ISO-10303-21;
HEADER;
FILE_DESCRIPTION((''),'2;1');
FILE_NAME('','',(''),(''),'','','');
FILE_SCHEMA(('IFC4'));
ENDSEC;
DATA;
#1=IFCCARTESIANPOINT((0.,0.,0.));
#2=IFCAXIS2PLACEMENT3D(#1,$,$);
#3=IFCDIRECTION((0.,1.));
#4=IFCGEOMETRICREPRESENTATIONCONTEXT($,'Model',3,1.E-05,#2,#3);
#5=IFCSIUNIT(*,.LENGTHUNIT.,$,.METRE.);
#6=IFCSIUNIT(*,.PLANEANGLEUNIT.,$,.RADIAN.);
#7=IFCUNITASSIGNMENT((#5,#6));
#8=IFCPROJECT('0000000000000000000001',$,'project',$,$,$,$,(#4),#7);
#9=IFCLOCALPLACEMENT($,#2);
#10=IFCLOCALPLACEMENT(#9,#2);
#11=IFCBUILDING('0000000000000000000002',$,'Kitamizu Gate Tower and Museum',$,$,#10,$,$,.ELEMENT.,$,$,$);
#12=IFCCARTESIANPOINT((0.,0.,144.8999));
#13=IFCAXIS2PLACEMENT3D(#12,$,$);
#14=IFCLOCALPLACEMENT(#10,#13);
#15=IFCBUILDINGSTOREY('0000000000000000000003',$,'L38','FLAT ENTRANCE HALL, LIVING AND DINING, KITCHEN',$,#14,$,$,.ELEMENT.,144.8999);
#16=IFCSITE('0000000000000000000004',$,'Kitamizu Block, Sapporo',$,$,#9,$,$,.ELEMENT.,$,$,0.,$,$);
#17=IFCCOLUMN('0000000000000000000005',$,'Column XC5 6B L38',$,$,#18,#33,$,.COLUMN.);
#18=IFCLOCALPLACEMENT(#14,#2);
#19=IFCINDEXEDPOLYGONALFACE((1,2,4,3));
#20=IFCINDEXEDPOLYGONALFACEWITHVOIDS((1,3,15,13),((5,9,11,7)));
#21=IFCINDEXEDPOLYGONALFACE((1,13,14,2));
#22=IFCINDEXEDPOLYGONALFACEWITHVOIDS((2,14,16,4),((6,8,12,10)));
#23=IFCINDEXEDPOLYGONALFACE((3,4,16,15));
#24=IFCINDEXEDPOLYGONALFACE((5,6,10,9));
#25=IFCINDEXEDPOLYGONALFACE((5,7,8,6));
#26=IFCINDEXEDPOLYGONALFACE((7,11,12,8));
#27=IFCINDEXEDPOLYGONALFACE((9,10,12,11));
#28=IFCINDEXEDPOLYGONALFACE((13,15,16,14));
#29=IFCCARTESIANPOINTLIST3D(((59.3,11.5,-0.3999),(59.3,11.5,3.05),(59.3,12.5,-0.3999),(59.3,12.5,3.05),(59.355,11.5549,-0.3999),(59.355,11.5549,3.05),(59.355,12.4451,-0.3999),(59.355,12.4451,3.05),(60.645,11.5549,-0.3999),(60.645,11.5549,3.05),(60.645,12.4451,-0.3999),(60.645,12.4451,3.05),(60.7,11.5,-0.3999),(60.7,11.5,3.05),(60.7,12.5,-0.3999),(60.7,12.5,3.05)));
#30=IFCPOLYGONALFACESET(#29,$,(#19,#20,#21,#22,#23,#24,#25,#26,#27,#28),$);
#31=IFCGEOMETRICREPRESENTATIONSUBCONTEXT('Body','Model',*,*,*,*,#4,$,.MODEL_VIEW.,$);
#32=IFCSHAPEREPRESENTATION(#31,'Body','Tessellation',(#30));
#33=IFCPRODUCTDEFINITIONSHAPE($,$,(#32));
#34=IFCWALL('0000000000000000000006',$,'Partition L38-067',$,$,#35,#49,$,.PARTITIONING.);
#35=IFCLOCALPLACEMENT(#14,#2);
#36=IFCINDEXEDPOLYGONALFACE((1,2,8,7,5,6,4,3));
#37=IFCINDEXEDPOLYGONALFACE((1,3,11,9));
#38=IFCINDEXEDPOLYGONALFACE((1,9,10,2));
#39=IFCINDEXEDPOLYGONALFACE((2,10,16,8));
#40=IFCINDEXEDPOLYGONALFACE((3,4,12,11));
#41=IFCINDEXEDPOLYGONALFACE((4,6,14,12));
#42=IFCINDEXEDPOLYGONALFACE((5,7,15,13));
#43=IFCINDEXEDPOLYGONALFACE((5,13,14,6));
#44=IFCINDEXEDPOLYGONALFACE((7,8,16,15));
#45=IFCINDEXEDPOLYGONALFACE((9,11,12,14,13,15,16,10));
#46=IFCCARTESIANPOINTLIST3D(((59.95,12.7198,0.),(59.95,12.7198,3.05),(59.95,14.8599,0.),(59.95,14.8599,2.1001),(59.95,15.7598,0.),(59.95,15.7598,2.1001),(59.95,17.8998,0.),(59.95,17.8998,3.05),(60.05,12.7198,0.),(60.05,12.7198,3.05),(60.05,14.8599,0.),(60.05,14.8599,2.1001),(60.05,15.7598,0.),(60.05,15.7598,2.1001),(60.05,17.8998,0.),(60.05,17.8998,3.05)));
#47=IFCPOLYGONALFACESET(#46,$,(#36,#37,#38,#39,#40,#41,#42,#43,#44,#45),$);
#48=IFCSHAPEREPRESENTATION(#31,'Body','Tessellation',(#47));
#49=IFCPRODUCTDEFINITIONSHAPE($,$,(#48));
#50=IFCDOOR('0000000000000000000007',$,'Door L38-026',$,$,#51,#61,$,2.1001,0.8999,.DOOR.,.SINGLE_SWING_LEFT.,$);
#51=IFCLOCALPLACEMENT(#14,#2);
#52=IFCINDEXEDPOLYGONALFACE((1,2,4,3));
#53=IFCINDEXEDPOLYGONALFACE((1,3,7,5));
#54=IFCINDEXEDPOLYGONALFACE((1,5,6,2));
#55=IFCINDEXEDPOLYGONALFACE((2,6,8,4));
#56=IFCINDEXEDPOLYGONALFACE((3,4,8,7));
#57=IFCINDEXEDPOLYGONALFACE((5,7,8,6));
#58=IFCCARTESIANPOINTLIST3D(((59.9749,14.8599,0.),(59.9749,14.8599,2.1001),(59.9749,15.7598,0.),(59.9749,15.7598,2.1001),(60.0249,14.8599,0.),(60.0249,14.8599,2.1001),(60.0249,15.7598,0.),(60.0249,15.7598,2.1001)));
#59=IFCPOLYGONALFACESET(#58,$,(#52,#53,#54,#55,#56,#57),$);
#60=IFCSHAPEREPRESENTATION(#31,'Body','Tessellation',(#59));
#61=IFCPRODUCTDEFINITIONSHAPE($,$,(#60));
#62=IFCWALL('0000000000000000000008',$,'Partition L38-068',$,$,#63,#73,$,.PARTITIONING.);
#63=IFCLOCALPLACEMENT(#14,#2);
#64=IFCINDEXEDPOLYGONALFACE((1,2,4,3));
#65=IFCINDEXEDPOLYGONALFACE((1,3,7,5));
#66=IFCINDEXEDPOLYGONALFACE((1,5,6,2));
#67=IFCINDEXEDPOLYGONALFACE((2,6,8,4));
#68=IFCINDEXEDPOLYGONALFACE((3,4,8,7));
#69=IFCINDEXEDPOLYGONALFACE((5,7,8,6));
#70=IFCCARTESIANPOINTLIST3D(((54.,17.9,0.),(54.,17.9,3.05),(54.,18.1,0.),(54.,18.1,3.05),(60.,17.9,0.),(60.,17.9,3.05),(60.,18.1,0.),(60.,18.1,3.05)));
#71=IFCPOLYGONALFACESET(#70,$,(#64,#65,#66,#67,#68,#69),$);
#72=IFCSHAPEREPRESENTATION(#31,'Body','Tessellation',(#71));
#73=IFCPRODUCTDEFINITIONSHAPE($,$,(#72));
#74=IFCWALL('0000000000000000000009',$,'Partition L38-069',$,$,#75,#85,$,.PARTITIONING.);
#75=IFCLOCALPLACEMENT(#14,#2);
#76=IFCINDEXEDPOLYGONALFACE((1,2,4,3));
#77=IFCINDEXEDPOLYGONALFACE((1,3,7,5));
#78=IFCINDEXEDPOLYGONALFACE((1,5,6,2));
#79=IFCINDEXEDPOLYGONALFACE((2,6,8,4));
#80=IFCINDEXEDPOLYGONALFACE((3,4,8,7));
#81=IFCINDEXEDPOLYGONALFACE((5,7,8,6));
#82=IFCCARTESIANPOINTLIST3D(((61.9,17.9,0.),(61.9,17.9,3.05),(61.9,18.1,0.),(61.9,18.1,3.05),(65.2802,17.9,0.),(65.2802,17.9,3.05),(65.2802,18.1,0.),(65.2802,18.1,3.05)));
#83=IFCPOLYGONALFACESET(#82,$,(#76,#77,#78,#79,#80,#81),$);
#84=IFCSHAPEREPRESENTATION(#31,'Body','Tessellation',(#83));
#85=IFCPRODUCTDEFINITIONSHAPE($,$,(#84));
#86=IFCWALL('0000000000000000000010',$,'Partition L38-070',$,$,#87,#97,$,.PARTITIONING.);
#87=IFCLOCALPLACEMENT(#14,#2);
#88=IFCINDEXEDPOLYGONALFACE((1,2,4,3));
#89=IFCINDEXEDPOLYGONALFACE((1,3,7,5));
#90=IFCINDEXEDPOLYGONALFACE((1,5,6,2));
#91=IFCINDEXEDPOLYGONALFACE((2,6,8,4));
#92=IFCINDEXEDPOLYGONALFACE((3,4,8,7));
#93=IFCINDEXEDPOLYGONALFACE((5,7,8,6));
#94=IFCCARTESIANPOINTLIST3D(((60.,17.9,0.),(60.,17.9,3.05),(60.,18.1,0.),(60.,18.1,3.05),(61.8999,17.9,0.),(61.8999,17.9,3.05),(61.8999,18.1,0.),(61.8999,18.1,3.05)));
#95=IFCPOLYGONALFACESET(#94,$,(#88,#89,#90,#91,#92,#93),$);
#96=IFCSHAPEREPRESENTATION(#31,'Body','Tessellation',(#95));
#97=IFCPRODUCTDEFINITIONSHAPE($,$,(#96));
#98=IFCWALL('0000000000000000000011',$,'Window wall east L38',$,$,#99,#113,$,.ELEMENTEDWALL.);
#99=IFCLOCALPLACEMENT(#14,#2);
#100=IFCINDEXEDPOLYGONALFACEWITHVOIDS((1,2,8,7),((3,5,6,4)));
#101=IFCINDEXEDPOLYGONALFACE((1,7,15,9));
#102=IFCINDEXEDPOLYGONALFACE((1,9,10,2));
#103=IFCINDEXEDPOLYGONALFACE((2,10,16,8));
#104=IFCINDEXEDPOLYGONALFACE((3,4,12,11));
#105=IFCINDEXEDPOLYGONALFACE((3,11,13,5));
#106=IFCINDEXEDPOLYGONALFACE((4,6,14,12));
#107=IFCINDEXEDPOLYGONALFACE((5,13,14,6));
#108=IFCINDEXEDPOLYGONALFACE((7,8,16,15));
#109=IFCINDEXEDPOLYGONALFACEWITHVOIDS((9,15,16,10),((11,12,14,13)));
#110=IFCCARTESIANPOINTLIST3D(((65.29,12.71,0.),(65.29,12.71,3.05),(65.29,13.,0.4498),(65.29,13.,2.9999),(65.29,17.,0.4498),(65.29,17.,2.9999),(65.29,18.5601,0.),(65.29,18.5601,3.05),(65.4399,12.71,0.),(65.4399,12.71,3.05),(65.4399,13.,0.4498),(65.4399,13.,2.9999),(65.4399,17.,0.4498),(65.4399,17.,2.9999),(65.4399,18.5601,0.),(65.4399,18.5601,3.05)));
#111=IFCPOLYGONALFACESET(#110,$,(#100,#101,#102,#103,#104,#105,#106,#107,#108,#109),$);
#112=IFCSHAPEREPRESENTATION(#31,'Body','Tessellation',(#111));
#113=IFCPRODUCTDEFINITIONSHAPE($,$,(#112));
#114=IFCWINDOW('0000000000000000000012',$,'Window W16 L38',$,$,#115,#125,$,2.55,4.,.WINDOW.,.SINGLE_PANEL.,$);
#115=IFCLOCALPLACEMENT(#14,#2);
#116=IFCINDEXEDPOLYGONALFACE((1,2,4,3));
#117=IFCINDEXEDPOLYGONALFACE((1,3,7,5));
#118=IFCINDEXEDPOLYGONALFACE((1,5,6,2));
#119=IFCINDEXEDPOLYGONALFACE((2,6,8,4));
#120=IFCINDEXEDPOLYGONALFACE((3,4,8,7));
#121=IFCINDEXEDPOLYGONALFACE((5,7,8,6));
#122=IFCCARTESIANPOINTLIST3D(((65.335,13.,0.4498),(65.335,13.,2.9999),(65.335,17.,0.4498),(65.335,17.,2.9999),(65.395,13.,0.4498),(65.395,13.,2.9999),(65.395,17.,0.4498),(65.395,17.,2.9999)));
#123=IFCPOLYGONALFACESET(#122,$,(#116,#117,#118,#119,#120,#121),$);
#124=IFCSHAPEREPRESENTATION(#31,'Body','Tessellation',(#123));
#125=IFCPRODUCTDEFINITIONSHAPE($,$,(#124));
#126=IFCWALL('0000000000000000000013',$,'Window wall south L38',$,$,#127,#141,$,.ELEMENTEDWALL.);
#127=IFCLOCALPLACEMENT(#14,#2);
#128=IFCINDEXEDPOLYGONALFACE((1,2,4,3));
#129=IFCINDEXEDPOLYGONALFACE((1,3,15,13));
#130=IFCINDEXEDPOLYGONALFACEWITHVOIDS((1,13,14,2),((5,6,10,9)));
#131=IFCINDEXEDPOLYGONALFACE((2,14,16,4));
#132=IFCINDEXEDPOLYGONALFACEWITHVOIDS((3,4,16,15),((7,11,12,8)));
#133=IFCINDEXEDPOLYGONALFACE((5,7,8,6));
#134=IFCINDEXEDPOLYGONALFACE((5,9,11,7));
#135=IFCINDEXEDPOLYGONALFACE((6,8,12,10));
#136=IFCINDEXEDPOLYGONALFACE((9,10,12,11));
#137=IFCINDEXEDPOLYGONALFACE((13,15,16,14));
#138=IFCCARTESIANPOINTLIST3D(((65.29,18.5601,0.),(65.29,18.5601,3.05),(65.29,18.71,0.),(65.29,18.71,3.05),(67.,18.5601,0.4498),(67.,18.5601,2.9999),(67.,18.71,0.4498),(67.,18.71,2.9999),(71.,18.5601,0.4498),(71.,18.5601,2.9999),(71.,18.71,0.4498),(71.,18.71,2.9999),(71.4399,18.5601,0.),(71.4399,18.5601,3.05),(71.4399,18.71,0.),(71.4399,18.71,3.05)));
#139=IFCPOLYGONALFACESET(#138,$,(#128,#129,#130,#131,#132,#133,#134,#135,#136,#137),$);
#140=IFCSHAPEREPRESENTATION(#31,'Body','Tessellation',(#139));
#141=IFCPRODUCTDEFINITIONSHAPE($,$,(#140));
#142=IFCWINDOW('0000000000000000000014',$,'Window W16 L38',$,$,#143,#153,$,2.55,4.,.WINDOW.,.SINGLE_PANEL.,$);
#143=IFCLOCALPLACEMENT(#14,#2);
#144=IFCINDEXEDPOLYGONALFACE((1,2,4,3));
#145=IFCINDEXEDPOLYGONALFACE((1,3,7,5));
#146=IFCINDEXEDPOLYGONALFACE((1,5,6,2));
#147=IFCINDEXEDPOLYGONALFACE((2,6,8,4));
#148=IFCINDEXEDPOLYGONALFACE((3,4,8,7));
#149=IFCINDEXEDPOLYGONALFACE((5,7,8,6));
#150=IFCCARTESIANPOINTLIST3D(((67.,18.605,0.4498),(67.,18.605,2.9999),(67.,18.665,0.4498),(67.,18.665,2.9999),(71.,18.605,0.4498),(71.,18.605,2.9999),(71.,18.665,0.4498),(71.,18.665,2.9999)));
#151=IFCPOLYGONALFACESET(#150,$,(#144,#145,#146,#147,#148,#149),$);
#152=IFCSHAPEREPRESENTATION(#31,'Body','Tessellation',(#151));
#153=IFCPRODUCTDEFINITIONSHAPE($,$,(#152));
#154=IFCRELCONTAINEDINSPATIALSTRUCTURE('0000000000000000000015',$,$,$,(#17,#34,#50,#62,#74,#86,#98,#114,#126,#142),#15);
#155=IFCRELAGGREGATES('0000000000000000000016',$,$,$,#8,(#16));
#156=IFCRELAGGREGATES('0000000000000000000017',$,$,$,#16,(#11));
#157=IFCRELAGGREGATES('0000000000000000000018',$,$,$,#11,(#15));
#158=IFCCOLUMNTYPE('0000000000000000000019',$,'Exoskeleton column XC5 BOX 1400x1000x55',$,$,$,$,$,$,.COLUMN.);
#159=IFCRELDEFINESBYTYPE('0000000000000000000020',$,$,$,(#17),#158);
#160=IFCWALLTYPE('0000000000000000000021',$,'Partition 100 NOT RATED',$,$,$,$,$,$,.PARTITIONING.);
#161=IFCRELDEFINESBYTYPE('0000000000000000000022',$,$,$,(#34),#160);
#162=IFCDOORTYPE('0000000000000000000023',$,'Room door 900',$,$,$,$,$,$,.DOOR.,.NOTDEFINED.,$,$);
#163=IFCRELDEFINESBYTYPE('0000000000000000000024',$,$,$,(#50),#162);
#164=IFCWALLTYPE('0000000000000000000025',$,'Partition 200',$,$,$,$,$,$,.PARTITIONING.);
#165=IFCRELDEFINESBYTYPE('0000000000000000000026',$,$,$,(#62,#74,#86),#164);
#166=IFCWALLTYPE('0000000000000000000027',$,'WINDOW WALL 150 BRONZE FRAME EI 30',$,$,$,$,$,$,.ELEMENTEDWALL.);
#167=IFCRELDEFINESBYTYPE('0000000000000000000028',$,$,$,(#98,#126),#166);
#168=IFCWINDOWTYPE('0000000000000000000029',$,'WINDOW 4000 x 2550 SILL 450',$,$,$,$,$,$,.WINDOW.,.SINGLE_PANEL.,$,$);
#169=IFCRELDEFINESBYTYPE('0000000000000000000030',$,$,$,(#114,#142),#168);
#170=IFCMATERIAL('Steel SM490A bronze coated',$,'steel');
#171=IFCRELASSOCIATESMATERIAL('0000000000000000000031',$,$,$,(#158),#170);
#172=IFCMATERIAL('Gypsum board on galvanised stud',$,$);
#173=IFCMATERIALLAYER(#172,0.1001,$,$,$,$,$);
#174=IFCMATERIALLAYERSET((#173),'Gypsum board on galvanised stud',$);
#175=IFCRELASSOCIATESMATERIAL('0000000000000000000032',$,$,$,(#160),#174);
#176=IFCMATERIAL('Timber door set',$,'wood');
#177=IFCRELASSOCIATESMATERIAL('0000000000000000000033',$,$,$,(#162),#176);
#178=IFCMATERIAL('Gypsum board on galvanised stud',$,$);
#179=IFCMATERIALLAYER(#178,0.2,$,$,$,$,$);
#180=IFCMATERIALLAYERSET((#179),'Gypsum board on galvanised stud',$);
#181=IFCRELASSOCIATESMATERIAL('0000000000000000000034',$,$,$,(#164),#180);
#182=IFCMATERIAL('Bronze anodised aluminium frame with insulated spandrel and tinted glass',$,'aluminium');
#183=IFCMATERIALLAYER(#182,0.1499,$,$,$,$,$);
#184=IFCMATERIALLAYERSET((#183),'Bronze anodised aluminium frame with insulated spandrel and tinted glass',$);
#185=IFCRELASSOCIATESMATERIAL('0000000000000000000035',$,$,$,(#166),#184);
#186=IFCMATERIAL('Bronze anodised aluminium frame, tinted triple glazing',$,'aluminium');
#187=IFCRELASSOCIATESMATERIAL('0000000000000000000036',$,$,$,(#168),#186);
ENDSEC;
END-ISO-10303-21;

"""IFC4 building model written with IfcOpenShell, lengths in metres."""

from ifc_helpers import new_model, si_unit, direction, frame, frame_2d, origin, origin_2d, place, context, subcontext, project, spatial, rectangle, hollow_rectangle, extrude, material, layer, layer_set, material_profile, profile_set, type_object, element, fill, save


model = new_model("IFC4")

# Units and contexts
model_context = context("Model", 3, precision=1e-05, world=origin(), true_north=direction((0.0, 1.0)))
body_context = subcontext(model_context, "Body", "Model", "MODEL_VIEW")
ifc_project = project(units=[si_unit("LENGTHUNIT", "METRE"), si_unit("PLANEANGLEUNIT", "RADIAN")], contexts=[model_context])

# Site, building, storey
site_placement = place(None, origin())
site = spatial("IfcSite", under=ifc_project, at=site_placement, Name="Kitamizu Block, Sapporo", CompositionType="ELEMENT", RefElevation=0.0)
building_placement = place(site_placement, origin())
building = spatial("IfcBuilding", under=site, at=building_placement, Name="Kitamizu Gate Tower and Museum", CompositionType="ELEMENT")
storey_placement = place(building_placement, frame((0.0, 0.0, 144.8999)))
storey = spatial("IfcBuildingStorey", under=building, at=storey_placement, Name="L38", Description="FLAT ENTRANCE HALL, LIVING AND DINING, KITCHEN", CompositionType="ELEMENT", Elevation=144.8999)

# Column
ifc_material_1 = material(Name="Steel SM490A bronze coated", Category="steel")
ifc_material_profile = material_profile(ifc_material_1, hollow_rectangle(XDim=1.3999, YDim=1.0, WallThickness=0.0549, at=origin_2d()), Name="BOX 1400x1000x55")
ifc_profile_set = profile_set([ifc_material_profile], Name="Steel SM490A bronze coated")
column_type = type_object("IfcColumnType", Name="Exoskeleton column XC5 BOX 1400x1000x55", PredefinedType="COLUMN", material=ifc_profile_set)
column_placement = place(storey_placement, frame((60.0, 12.0, -0.3999), z_axis=(0.0, 0.0, 1.0), x_axis=(1.0, 0.0, 0.0)))
element("IfcColumn", 1, at=column_placement, inside=storey, type_object=column_type, Name="Column XC5 6B L38", PredefinedType="COLUMN", context=body_context, shape_type="SweptSolid", body=[
    extrude(hollow_rectangle(XDim=1.3999, YDim=1.0, WallThickness=0.0549, at=origin_2d()), origin(), (0.0, 0.0, 1.0), 3.45),
])

# Wall, opening, door
ifc_material_2 = material(Name="Gypsum board on galvanised stud")
ifc_layer_1 = layer(ifc_material_2, 0.1001)
ifc_layer_set_1 = layer_set([ifc_layer_1], Name="Gypsum board on galvanised stud")
wall_type_1 = type_object("IfcWallType", Name="Partition 100 NOT RATED", PredefinedType="PARTITIONING", material=ifc_layer_set_1)
wall_1_placement = place(storey_placement, frame((60.0, 12.72, 0.0), z_axis=(0.0, 0.0, 1.0), x_axis=(0.0, 1.0, 0.0)))
wall_1 = element("IfcWall", 2, at=wall_1_placement, inside=storey, type_object=wall_type_1, Name="Partition L38-067", PredefinedType="PARTITIONING", context=body_context, shape_type="SweptSolid", body=[
    extrude(rectangle(XDim=5.1799, YDim=0.1001, at=frame_2d((2.5898, 0.0))), origin(), (0.0, 0.0, 1.0), 3.05),
])
opening_1_placement = place(wall_1_placement, frame((2.1399, 0.0, 0.0)))
opening_1 = element("IfcOpeningElement", 3, at=opening_1_placement, cuts=wall_1, PredefinedType="OPENING", context=body_context, shape_type="SweptSolid", body=[
    extrude(rectangle(XDim=0.8999, YDim=2.1001, at=frame_2d((0.45, 1.05))), frame((0.0, 0.0601, 0.0), z_axis=(0.0, -1.0, 0.0), x_axis=(1.0, 0.0, 0.0)), (0.0, 0.0, 1.0), 0.1201),
])
ifc_material_3 = material(Name="Timber door set", Category="wood")
door_type = type_object("IfcDoorType", Name="Room door 900", OperationType="NOTDEFINED", PredefinedType="DOOR", material=ifc_material_3)
door_placement = place(opening_1_placement, frame((0.8999, 0.0, 0.0), x_axis=(-1.0, 0.0, 0.0)))
door = element("IfcDoor", 4, at=door_placement, inside=storey, type_object=door_type, Name="Door L38-026", OperationType="SINGLE_SWING_LEFT", OverallHeight=2.1001, OverallWidth=0.8999, PredefinedType="DOOR", context=body_context, shape_type="SweptSolid", body=[
    extrude(rectangle(XDim=0.8999, YDim=2.1001, at=frame_2d((0.45, 1.05))), frame((0.0, 0.0249, 0.0), z_axis=(0.0, -1.0, 0.0), x_axis=(1.0, 0.0, 0.0)), (0.0, 0.0, 1.0), 0.05),
])
fill(opening_1, door)

# Walls
ifc_material_4 = material(Name="Gypsum board on galvanised stud")
ifc_layer_2 = layer(ifc_material_4, 0.2)
ifc_layer_set_2 = layer_set([ifc_layer_2], Name="Gypsum board on galvanised stud")
wall_type_2 = type_object("IfcWallType", Name="Partition 200", PredefinedType="PARTITIONING", material=ifc_layer_set_2)
wall_2_placement = place(storey_placement, frame((60.0, 18.0, 0.0), z_axis=(0.0, 0.0, 1.0), x_axis=(-1.0, 0.0, 0.0)))
element("IfcWall", 5, at=wall_2_placement, inside=storey, type_object=wall_type_2, Name="Partition L38-068", PredefinedType="PARTITIONING", context=body_context, shape_type="SweptSolid", body=[
    extrude(rectangle(XDim=6.0, YDim=0.2, at=frame_2d((3.0, 0.0))), origin(), (0.0, 0.0, 1.0), 3.05),
])
wall_3_placement = place(storey_placement, frame((65.28, 18.0, 0.0), z_axis=(0.0, 0.0, 1.0), x_axis=(-1.0, 0.0, 0.0)))
element("IfcWall", 6, at=wall_3_placement, inside=storey, type_object=wall_type_2, Name="Partition L38-069", PredefinedType="PARTITIONING", context=body_context, shape_type="SweptSolid", body=[
    extrude(rectangle(XDim=3.3801, YDim=0.2, at=frame_2d((1.6899, 0.0))), origin(), (0.0, 0.0, 1.0), 3.05),
])
wall_4_placement = place(storey_placement, frame((61.8999, 18.0, 0.0), z_axis=(0.0, 0.0, 1.0), x_axis=(-1.0, 0.0, 0.0)))
element("IfcWall", 7, at=wall_4_placement, inside=storey, type_object=wall_type_2, Name="Partition L38-070", PredefinedType="PARTITIONING", context=body_context, shape_type="SweptSolid", body=[
    extrude(rectangle(XDim=1.8999, YDim=0.2, at=frame_2d((0.95, 0.0))), origin(), (0.0, 0.0, 1.0), 3.05),
])

# Walls, openings, windows
ifc_material_5 = material(Name="Bronze anodised aluminium frame with insulated spandrel and tinted glass", Category="aluminium")
ifc_layer_3 = layer(ifc_material_5, 0.1499)
ifc_layer_set_3 = layer_set([ifc_layer_3], Name="Bronze anodised aluminium frame with insulated spandrel and tinted glass")
wall_type_3 = type_object("IfcWallType", Name="WINDOW WALL 150 BRONZE FRAME EI 30", PredefinedType="ELEMENTEDWALL", material=ifc_layer_set_3)
wall_5_placement = place(storey_placement, frame((65.365, 12.71, 0.0), z_axis=(0.0, 0.0, 1.0), x_axis=(0.0, 1.0, 0.0)))
wall_5 = element("IfcWall", 8, at=wall_5_placement, inside=storey, type_object=wall_type_3, Name="Window wall east L38", PredefinedType="ELEMENTEDWALL", context=body_context, shape_type="SweptSolid", body=[
    extrude(rectangle(XDim=5.8501, YDim=0.1499, at=frame_2d((2.925, 0.0))), origin(), (0.0, 0.0, 1.0), 3.05),
])
opening_2_placement = place(wall_5_placement, frame((0.29, 0.0, 0.45)))
opening_2 = element("IfcOpeningElement", 9, at=opening_2_placement, cuts=wall_5, PredefinedType="OPENING", context=body_context, shape_type="SweptSolid", body=[
    extrude(rectangle(XDim=4.0, YDim=2.55, at=frame_2d((2.0, 1.2749))), frame((0.0, 0.085, 0.0), z_axis=(0.0, -1.0, 0.0), x_axis=(1.0, 0.0, 0.0)), (0.0, 0.0, 1.0), 0.1699),
])
ifc_material_6 = material(Name="Bronze anodised aluminium frame, tinted triple glazing", Category="aluminium")
window_type_1 = type_object("IfcWindowType", Name="WINDOW 4000 x 2550 SILL 450", PartitioningType="SINGLE_PANEL", PredefinedType="WINDOW", material=ifc_material_6)
window_1_placement = place(opening_2_placement, origin())
window_1 = element("IfcWindow", 10, at=window_1_placement, inside=storey, type_object=window_type_1, Name="Window W16 L38", OverallHeight=2.55, OverallWidth=4.0, PartitioningType="SINGLE_PANEL", PredefinedType="WINDOW", context=body_context, shape_type="SweptSolid", body=[
    extrude(rectangle(XDim=4.0, YDim=2.55, at=frame_2d((2.0, 1.2749))), frame((0.0, 0.03, 0.0), z_axis=(0.0, -1.0, 0.0), x_axis=(1.0, 0.0, 0.0)), (0.0, 0.0, 1.0), 0.0601),
])
fill(opening_2, window_1)
wall_6_placement = place(storey_placement, frame((65.29, 18.635, 0.0), z_axis=(0.0, 0.0, 1.0), x_axis=(1.0, 0.0, 0.0)))
wall_6 = element("IfcWall", 11, at=wall_6_placement, inside=storey, type_object=wall_type_3, Name="Window wall south L38", PredefinedType="ELEMENTEDWALL", context=body_context, shape_type="SweptSolid", body=[
    extrude(rectangle(XDim=6.1499, YDim=0.1499, at=frame_2d((3.075, 0.0))), origin(), (0.0, 0.0, 1.0), 3.05),
])
opening_3_placement = place(wall_6_placement, frame((1.71, 0.0, 0.45)))
opening_3 = element("IfcOpeningElement", 12, at=opening_3_placement, cuts=wall_6, PredefinedType="OPENING", context=body_context, shape_type="SweptSolid", body=[
    extrude(rectangle(XDim=4.0, YDim=2.55, at=frame_2d((2.0, 1.2749))), frame((0.0, 0.085, 0.0), z_axis=(0.0, -1.0, 0.0), x_axis=(1.0, 0.0, 0.0)), (0.0, 0.0, 1.0), 0.1699),
])
window_2_placement = place(opening_3_placement, origin())
window_2 = element("IfcWindow", 13, at=window_2_placement, inside=storey, type_object=window_type_1, Name="Window W16 L38", OverallHeight=2.55, OverallWidth=4.0, PartitioningType="SINGLE_PANEL", PredefinedType="WINDOW", context=body_context, shape_type="SweptSolid", body=[
    extrude(rectangle(XDim=4.0, YDim=2.55, at=frame_2d((2.0, 1.2749))), frame((0.0, 0.03, 0.0), z_axis=(0.0, -1.0, 0.0), x_axis=(1.0, 0.0, 0.0)), (0.0, 0.0, 1.0), 0.0601),
])
fill(opening_3, window_2)

save(model, "model.ifc")
